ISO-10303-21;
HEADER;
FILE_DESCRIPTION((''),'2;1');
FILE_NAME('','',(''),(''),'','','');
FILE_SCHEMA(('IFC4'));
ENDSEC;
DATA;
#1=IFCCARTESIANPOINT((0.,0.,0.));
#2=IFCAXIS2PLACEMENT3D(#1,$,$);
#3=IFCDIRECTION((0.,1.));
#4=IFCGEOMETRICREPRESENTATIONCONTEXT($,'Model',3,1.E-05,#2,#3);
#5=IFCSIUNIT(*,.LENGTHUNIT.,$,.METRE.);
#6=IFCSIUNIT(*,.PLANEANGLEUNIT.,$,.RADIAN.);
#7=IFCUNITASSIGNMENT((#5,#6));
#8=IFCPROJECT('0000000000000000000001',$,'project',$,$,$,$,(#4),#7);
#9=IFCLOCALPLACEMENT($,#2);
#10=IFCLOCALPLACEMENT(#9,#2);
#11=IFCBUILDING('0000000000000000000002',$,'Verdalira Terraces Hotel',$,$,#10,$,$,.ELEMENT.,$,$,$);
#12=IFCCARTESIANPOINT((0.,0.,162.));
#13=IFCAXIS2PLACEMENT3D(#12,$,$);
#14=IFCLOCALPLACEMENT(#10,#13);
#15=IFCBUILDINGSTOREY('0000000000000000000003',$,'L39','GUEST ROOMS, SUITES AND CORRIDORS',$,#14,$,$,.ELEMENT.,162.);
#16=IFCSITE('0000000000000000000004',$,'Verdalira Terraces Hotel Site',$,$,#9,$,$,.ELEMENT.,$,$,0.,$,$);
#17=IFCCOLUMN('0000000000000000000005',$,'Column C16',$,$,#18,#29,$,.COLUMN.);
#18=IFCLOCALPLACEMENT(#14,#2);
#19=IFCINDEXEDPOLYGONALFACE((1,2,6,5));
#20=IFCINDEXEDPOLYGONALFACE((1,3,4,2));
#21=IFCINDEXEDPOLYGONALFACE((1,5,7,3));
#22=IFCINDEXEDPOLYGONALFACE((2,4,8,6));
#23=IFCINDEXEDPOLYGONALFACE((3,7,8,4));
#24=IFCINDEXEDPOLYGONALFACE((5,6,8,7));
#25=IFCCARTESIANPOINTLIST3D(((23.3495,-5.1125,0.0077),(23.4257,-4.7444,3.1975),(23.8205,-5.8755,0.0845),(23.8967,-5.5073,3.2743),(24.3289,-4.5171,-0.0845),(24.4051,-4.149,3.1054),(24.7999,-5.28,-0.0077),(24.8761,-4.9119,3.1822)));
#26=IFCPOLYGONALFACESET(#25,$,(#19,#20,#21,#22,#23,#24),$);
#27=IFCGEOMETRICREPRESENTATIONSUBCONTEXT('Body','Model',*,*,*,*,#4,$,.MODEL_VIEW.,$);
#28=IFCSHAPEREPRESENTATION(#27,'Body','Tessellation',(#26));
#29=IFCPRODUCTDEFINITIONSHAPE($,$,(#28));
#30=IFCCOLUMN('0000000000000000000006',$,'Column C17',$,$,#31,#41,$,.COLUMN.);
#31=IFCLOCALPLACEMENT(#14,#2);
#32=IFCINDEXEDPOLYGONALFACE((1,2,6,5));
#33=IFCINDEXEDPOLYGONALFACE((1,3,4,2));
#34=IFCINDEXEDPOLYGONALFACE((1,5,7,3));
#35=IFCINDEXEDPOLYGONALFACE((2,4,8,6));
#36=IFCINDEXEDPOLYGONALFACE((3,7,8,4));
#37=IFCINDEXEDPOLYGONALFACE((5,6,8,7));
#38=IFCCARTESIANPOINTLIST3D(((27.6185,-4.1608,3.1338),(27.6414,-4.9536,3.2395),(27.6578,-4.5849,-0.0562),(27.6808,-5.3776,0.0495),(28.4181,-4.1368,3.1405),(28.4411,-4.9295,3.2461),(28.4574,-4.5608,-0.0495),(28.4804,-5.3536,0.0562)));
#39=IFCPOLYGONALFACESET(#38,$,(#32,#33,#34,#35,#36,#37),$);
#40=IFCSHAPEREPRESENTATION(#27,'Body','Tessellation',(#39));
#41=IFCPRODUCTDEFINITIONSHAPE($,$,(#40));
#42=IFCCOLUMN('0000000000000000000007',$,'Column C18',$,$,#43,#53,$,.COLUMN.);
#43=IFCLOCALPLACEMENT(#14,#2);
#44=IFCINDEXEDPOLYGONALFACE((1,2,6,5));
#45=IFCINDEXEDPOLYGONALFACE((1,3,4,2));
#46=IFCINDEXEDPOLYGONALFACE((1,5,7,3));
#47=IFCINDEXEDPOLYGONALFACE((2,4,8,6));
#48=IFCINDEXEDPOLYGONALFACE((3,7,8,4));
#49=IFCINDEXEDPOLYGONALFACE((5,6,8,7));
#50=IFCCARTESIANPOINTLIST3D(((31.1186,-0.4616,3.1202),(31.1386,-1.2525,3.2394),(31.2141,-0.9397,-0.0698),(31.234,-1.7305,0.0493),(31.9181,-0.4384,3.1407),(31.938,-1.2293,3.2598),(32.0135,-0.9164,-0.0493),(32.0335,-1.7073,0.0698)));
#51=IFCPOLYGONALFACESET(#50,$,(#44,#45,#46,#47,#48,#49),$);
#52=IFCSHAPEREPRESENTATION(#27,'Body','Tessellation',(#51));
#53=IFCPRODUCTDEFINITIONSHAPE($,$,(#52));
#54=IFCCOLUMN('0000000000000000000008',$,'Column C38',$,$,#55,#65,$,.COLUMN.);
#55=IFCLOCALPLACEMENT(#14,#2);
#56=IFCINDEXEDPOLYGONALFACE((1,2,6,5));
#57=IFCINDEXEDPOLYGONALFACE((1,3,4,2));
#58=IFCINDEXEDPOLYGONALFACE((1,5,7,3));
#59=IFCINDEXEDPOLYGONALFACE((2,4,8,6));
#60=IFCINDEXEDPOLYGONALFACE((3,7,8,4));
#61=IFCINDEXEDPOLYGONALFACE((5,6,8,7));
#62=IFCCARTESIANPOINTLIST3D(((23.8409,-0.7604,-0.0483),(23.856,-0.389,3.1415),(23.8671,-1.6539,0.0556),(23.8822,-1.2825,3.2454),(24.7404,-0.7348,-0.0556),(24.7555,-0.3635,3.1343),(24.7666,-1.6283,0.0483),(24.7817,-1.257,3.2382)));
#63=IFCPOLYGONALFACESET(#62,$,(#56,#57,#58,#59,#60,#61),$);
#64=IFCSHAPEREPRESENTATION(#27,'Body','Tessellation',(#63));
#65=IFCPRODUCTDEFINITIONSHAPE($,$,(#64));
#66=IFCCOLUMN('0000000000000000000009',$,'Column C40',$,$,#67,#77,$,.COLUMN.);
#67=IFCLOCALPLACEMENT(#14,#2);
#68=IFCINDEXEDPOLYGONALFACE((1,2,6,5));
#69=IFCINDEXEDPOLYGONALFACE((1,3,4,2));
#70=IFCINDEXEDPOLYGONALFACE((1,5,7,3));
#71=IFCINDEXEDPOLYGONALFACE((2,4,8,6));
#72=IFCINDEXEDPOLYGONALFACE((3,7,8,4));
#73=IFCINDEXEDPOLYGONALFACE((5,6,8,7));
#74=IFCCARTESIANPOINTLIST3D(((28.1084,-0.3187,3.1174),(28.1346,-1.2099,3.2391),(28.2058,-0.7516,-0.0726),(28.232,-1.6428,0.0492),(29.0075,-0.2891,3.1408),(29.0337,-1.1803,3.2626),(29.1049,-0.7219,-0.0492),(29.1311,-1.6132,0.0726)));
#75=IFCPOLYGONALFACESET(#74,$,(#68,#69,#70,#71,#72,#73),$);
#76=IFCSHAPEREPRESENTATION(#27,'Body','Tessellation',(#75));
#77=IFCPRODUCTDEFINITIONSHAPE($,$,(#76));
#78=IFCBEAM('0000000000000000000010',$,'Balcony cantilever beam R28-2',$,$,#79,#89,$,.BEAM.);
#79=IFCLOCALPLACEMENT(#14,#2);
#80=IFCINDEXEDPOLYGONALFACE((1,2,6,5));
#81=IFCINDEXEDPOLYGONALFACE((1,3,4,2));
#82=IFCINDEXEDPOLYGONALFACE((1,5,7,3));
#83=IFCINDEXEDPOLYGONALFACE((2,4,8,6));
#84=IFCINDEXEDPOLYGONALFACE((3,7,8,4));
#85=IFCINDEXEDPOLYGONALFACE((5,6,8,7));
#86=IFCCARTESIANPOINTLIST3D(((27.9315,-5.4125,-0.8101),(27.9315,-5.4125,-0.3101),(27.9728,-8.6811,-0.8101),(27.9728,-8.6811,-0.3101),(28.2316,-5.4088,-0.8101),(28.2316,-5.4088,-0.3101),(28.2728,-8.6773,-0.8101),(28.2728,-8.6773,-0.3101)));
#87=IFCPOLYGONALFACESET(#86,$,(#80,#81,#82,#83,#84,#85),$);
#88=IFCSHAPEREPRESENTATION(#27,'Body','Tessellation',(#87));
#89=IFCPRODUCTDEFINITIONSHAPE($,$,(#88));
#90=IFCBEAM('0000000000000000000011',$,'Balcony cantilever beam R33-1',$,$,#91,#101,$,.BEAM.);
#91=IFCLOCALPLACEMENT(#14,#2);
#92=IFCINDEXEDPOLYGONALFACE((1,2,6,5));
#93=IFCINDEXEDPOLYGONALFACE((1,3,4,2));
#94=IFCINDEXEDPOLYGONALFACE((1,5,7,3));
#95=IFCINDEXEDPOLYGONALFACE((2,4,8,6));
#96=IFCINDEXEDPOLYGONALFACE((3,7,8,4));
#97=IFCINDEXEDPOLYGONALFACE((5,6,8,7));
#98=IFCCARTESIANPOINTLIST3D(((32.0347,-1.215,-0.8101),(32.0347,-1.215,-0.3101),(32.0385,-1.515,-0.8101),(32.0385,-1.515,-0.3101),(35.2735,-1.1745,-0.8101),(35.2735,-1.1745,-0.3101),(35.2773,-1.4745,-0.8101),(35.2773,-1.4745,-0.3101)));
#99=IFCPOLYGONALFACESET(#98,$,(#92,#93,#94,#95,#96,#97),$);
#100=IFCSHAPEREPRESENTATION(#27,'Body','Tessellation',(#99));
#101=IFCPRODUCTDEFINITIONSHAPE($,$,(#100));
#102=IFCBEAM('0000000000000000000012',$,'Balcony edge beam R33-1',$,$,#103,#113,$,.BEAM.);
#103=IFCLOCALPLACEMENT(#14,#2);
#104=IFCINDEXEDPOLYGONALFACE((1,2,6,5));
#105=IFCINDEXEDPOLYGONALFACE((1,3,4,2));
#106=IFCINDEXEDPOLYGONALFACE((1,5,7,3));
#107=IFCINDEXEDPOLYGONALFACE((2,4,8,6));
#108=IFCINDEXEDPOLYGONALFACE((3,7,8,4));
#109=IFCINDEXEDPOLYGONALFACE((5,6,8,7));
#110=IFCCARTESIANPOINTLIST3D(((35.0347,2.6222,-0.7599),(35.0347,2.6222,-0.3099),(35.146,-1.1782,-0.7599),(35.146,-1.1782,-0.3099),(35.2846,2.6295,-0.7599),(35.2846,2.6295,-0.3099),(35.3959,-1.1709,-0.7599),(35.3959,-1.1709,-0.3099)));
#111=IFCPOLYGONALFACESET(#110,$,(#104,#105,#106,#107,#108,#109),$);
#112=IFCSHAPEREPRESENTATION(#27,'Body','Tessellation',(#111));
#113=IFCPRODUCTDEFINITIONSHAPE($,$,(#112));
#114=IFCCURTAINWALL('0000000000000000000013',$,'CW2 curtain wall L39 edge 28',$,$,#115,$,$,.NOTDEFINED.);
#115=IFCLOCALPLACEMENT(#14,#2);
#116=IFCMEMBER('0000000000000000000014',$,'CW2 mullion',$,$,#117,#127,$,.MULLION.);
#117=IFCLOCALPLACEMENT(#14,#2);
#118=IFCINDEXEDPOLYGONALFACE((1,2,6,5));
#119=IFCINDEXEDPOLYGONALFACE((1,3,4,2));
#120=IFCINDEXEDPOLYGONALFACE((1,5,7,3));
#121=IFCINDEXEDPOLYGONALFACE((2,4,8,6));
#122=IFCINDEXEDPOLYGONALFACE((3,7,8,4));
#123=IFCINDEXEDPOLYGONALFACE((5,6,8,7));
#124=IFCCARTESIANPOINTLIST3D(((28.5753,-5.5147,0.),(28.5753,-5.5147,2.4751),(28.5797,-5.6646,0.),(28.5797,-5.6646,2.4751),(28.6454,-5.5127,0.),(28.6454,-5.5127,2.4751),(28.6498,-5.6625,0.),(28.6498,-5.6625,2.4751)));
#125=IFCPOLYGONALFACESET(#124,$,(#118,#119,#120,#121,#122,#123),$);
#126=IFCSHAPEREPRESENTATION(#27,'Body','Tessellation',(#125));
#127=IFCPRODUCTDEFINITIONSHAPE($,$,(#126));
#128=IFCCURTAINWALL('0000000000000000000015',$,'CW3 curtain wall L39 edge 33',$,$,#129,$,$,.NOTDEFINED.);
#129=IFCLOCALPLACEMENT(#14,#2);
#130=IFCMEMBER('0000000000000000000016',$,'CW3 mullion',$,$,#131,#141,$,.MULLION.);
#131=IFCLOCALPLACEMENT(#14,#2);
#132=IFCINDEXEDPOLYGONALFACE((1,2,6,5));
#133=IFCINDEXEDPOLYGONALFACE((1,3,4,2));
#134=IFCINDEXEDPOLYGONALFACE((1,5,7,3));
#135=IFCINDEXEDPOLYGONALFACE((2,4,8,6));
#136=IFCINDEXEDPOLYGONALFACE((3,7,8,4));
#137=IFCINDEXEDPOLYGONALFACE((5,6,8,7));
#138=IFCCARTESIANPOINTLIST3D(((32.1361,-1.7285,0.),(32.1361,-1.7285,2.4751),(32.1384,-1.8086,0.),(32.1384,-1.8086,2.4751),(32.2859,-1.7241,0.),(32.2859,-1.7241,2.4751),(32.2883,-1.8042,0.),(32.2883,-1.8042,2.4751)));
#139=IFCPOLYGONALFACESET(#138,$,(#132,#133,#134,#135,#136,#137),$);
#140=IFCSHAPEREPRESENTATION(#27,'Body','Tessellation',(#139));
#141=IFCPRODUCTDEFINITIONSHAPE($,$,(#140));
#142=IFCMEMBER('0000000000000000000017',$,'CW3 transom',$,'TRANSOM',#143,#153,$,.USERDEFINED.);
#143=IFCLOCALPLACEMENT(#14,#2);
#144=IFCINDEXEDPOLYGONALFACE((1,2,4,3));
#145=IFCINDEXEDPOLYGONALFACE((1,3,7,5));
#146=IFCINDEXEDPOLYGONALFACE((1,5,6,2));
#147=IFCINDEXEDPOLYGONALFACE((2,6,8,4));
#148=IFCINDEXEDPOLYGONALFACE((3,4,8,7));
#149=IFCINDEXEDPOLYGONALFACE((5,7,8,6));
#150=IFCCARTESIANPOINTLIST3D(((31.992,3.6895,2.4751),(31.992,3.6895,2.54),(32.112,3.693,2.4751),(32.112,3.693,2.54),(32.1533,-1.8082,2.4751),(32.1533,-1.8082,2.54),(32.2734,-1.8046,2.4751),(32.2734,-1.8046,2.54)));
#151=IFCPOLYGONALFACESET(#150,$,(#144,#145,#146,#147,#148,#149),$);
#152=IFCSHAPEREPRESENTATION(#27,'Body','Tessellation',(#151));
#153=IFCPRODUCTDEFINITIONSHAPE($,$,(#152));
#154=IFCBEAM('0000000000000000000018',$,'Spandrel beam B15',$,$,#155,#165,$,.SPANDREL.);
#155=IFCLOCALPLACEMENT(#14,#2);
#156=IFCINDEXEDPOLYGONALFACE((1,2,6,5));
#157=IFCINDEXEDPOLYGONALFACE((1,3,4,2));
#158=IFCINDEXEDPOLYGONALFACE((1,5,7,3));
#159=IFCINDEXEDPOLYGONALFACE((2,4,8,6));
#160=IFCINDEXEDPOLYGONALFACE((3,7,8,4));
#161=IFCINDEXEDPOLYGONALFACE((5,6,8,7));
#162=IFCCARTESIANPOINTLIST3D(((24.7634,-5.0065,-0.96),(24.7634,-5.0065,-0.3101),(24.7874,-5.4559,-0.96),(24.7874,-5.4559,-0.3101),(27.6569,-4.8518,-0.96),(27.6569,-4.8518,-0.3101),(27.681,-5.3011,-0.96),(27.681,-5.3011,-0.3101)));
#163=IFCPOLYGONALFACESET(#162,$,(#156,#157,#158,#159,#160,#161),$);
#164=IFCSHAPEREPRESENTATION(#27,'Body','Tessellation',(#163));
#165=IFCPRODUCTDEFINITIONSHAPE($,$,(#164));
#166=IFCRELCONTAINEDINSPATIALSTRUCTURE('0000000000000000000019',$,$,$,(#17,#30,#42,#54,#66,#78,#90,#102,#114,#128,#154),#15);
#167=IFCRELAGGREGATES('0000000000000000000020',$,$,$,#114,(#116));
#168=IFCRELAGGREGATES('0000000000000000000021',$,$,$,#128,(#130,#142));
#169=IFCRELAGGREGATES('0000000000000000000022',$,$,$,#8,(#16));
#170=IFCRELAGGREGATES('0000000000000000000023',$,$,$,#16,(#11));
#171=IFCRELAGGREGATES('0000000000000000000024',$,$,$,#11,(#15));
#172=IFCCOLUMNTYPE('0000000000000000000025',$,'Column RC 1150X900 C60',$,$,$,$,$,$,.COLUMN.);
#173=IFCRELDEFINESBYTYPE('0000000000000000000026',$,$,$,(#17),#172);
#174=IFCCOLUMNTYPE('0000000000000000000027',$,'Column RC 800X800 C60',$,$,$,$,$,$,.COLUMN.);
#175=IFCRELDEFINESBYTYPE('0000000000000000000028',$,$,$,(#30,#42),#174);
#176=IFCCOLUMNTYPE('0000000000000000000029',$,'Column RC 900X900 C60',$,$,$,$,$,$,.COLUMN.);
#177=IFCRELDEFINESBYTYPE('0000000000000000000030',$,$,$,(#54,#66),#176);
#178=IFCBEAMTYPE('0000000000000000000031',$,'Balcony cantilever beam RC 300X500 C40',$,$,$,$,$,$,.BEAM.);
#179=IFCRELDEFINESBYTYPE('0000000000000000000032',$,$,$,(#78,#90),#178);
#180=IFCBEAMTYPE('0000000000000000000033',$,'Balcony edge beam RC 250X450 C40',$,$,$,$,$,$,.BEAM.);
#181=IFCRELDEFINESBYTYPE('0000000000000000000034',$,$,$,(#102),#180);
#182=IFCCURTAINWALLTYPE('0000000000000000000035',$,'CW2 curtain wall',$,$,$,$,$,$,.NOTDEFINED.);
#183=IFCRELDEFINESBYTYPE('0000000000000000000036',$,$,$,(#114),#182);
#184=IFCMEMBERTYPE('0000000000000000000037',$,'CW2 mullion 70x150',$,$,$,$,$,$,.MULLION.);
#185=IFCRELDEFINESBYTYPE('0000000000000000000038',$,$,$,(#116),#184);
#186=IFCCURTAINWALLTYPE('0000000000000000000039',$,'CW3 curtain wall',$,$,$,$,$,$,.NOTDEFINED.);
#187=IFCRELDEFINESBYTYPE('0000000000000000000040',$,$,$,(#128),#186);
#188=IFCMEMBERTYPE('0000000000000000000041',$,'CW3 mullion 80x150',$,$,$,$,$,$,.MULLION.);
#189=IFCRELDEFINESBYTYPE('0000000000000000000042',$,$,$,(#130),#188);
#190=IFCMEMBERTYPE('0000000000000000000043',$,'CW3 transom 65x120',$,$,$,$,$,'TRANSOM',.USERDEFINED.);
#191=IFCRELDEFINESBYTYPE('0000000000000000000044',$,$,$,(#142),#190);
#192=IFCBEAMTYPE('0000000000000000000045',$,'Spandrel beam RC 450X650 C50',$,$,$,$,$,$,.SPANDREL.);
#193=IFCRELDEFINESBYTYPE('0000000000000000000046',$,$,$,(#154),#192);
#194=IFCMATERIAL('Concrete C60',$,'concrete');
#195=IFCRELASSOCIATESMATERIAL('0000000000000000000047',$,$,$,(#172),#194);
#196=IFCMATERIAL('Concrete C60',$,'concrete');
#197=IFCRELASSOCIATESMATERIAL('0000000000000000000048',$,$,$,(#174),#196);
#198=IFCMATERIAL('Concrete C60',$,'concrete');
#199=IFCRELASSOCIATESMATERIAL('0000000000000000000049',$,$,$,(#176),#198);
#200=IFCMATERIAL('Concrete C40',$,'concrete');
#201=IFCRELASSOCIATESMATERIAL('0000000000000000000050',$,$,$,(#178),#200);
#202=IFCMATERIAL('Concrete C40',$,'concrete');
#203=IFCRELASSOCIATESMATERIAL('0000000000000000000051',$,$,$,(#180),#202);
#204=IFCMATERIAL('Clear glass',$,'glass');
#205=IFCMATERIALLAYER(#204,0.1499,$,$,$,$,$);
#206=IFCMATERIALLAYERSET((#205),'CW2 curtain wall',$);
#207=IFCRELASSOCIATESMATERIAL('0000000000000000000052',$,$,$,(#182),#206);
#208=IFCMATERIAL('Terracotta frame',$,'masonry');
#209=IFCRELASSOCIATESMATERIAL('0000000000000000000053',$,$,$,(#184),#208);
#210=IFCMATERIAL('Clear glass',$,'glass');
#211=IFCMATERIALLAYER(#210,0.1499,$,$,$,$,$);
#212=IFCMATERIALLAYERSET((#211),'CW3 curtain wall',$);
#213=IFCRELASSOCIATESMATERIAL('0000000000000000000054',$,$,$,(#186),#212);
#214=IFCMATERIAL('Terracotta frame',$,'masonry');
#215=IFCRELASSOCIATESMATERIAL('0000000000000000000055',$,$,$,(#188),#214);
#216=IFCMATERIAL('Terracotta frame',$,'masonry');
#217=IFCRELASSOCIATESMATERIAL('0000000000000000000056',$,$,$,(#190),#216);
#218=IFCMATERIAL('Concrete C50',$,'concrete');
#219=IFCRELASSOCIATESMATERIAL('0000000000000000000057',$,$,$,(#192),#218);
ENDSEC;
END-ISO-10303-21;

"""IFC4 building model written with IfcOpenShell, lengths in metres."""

from ifc_helpers import new_model, si_unit, direction, frame, origin, origin_2d, place, context, subcontext, project, spatial, rectangle, extrude, material, layer, layer_set, material_profile, profile_set, type_object, element, aggregate, save


model = new_model("IFC4")

# Units and contexts
model_context = context("Model", 3, precision=1e-05, world=origin(), true_north=direction((0.0, 1.0)))
body_context = subcontext(model_context, "Body", "Model", "MODEL_VIEW")
ifc_project = project(units=[si_unit("LENGTHUNIT", "METRE"), si_unit("PLANEANGLEUNIT", "RADIAN")], contexts=[model_context])

# Site, building, storey
site_placement = place(None, origin())
site = spatial("IfcSite", under=ifc_project, at=site_placement, Name="Verdalira Terraces Hotel Site", CompositionType="ELEMENT", RefElevation=0.0)
building_placement = place(site_placement, origin())
building = spatial("IfcBuilding", under=site, at=building_placement, Name="Verdalira Terraces Hotel", CompositionType="ELEMENT")
storey_placement = place(building_placement, frame((0.0, 0.0, 162.0)))
storey = spatial("IfcBuildingStorey", under=building, at=storey_placement, Name="L39", Description="GUEST ROOMS, SUITES AND CORRIDORS", CompositionType="ELEMENT", Elevation=162.0)

# Columns
ifc_material_1 = material(Name="Concrete C60", Category="concrete")
ifc_material_profile_1 = material_profile(ifc_material_1, rectangle(XDim=1.1499, YDim=0.8999, at=origin_2d()), Name="RC 1150X900")
ifc_profile_set_1 = profile_set([ifc_material_profile_1], Name="Concrete C60")
column_type_1 = type_object("IfcColumnType", Name="Column RC 1150X900 C60", PredefinedType="COLUMN", material=ifc_profile_set_1)
column_1_placement = place(storey_placement, frame((24.0747, -5.1963, 0.0), z_axis=(0.023715, 0.114621, 0.993126), x_axis=(-0.851746, -0.517796, 0.0801)))
element("IfcColumn", 1, at=column_1_placement, inside=storey, type_object=column_type_1, Name="Column C16", PredefinedType="COLUMN", context=body_context, shape_type="SweptSolid", body=[
    extrude(rectangle(XDim=1.1499, YDim=0.8999, at=origin_2d()), origin(), (0.0, 0.0, 1.0), 3.2119),
])
ifc_material_2 = material(Name="Concrete C60", Category="concrete")
ifc_material_profile_2 = material_profile(ifc_material_2, rectangle(XDim=0.8, YDim=0.8, at=origin_2d()), Name="RC 800X800")
ifc_profile_set_2 = profile_set([ifc_material_profile_2], Name="Concrete C60")
column_type_2 = type_object("IfcColumnType", Name="Column RC 800X800 C60", PredefinedType="COLUMN", material=ifc_profile_set_2)
column_2_placement = place(storey_placement, frame((28.0691, -4.9692, 0.0), z_axis=(-0.012214, 0.131771, 0.991205), x_axis=(0.999513, 0.030093, 0.008315)))
element("IfcColumn", 2, at=column_2_placement, inside=storey, type_object=column_type_2, Name="Column C17", PredefinedType="COLUMN", context=body_context, shape_type="SweptSolid", body=[
    extrude(rectangle(XDim=0.8, YDim=0.8, at=origin_2d()), origin(), (0.0, 0.0, 1.0), 3.2183),
])
column_3_placement = place(storey_placement, frame((31.6238, -1.3235, 0.0), z_axis=(-0.029582, 0.148135, 0.988525), x_axis=(-0.024907, 0.988541, -0.148883)))
element("IfcColumn", 3, at=column_3_placement, inside=storey, type_object=column_type_2, Name="Column C18", PredefinedType="COLUMN", context=body_context, shape_type="SweptSolid", body=[
    extrude(rectangle(XDim=0.8, YDim=0.8, at=origin_2d()), origin(), (0.0, 0.0, 1.0), 3.2271),
])
ifc_material_3 = material(Name="Concrete C60", Category="concrete")
ifc_material_profile_3 = material_profile(ifc_material_3, rectangle(XDim=0.8999, YDim=0.8999, at=origin_2d()), Name="RC 900X900")
ifc_profile_set_3 = profile_set([ifc_material_profile_3], Name="Concrete C60")
column_type_3 = type_object("IfcColumnType", Name="Column RC 900X900 C60", PredefinedType="COLUMN", material=ifc_profile_set_3)
column_4_placement = place(storey_placement, frame((24.3037, -1.1943, 0.0), z_axis=(0.004713, 0.115627, 0.993282), x_axis=(0.999565, 0.02837, -0.008046)))
element("IfcColumn", 4, at=column_4_placement, inside=storey, type_object=column_type_3, Name="Column C38", PredefinedType="COLUMN", context=body_context, shape_type="SweptSolid", body=[
    extrude(rectangle(XDim=0.8999, YDim=0.8999, at=origin_2d()), origin(), (0.0, 0.0, 1.0), 3.2114),
])
column_5_placement = place(storey_placement, frame((28.6685, -1.1824, 0.0), z_axis=(-0.030246, 0.134402, 0.990465), x_axis=(0.999118, 0.03294, 0.02604)))
element("IfcColumn", 5, at=column_5_placement, inside=storey, type_object=column_type_3, Name="Column C40", PredefinedType="COLUMN", context=body_context, shape_type="SweptSolid", body=[
    extrude(rectangle(XDim=0.8999, YDim=0.8999, at=origin_2d()), origin(), (0.0, 0.0, 1.0), 3.2207),
])

# Beams
ifc_material_4 = material(Name="Concrete C40", Category="concrete")
ifc_material_profile_4 = material_profile(ifc_material_4, rectangle(XDim=0.3, YDim=0.5, at=origin_2d()), Name="RC 300X500")
ifc_profile_set_4 = profile_set([ifc_material_profile_4], Name="Concrete C40")
beam_type_1 = type_object("IfcBeamType", Name="Balcony cantilever beam RC 300X500 C40", PredefinedType="BEAM", material=ifc_profile_set_4)
beam_1_placement = place(storey_placement, frame((28.0815, -5.4106, -0.5601), z_axis=(0.012622, -0.99992, 0.0), x_axis=(0.99992, 0.012622, 0.0)))
element("IfcBeam", 6, at=beam_1_placement, inside=storey, type_object=beam_type_1, Name="Balcony cantilever beam R28-2", PredefinedType="BEAM", context=body_context, shape_type="SweptSolid", body=[
    extrude(rectangle(XDim=0.3, YDim=0.5, at=origin_2d()), origin(), (0.0, 0.0, 1.0), 3.2688),
])
beam_2_placement = place(storey_placement, frame((32.0366, -1.365, -0.5601), z_axis=(0.999922, 0.012512, 0.0), x_axis=(-0.012512, 0.999922, 0.0)))
element("IfcBeam", 7, at=beam_2_placement, inside=storey, type_object=beam_type_1, Name="Balcony cantilever beam R33-1", PredefinedType="BEAM", context=body_context, shape_type="SweptSolid", body=[
    extrude(rectangle(XDim=0.3, YDim=0.5, at=origin_2d()), origin(), (0.0, 0.0, 1.0), 3.239),
])
ifc_material_5 = material(Name="Concrete C40", Category="concrete")
ifc_material_profile_5 = material_profile(ifc_material_5, rectangle(XDim=0.25, YDim=0.45, at=origin_2d()), Name="RC 250X450")
ifc_profile_set_5 = profile_set([ifc_material_profile_5], Name="Concrete C40")
beam_type_2 = type_object("IfcBeamType", Name="Balcony edge beam RC 250X450 C40", PredefinedType="BEAM", material=ifc_profile_set_5)
beam_3_placement = place(storey_placement, frame((35.271, -1.1746, -0.5349), z_axis=(-0.029282, 0.999571, 0.0), x_axis=(-0.999571, -0.029282, 0.0)))
element("IfcBeam", 8, at=beam_3_placement, inside=storey, type_object=beam_type_2, Name="Balcony edge beam R33-1", PredefinedType="BEAM", context=body_context, shape_type="SweptSolid", body=[
    extrude(rectangle(XDim=0.25, YDim=0.45, at=origin_2d()), origin(), (0.0, 0.0, 1.0), 3.802),
])

# Curtain wall, member
ifc_material_6 = material(Name="Clear glass", Category="glass")
ifc_layer_1 = layer(ifc_material_6, 0.1499)
ifc_layer_set_1 = layer_set([ifc_layer_1], Name="CW2 curtain wall")
curtain_wall_type_1 = type_object("IfcCurtainWallType", Name="CW2 curtain wall", PredefinedType="NOTDEFINED", material=ifc_layer_set_1)
curtain_wall_1_placement = place(storey_placement, origin())
curtain_wall_1 = element("IfcCurtainWall", 9, at=curtain_wall_1_placement, inside=storey, type_object=curtain_wall_type_1, Name="CW2 curtain wall L39 edge 28", PredefinedType="NOTDEFINED")
ifc_material_7 = material(Name="Terracotta frame", Category="masonry")
ifc_material_profile_6 = material_profile(ifc_material_7, rectangle(XDim=0.0701, YDim=0.1499, at=origin_2d()), Name="MU 70x150")
ifc_profile_set_6 = profile_set([ifc_material_profile_6], Name="Terracotta frame")
member_type_1 = type_object("IfcMemberType", Name="CW2 mullion 70x150", PredefinedType="MULLION", material=ifc_profile_set_6)
member_1_placement = place(storey_placement, frame((28.6125, -5.5886, 0.0), z_axis=(0.0, 0.0, 1.0), x_axis=(0.99957, 0.029317, 0.0)))
member_1 = element("IfcMember", 10, at=member_1_placement, type_object=member_type_1, Name="CW2 mullion", PredefinedType="MULLION", context=body_context, shape_type="SweptSolid", body=[
    extrude(rectangle(XDim=0.0701, YDim=0.1499, at=origin_2d()), origin(), (0.0, 0.0, 1.0), 2.4751),
])

# Curtain wall, members
ifc_material_8 = material(Name="Clear glass", Category="glass")
ifc_layer_2 = layer(ifc_material_8, 0.1499)
ifc_layer_set_2 = layer_set([ifc_layer_2], Name="CW3 curtain wall")
curtain_wall_type_2 = type_object("IfcCurtainWallType", Name="CW3 curtain wall", PredefinedType="NOTDEFINED", material=ifc_layer_set_2)
curtain_wall_2_placement = place(storey_placement, origin())
curtain_wall_2 = element("IfcCurtainWall", 11, at=curtain_wall_2_placement, inside=storey, type_object=curtain_wall_type_2, Name="CW3 curtain wall L39 edge 33", PredefinedType="NOTDEFINED")
ifc_material_9 = material(Name="Terracotta frame", Category="masonry")
ifc_material_profile_7 = material_profile(ifc_material_9, rectangle(XDim=0.0801, YDim=0.1499, at=origin_2d()), Name="MU 80x150")
ifc_profile_set_7 = profile_set([ifc_material_profile_7], Name="Terracotta frame")
member_type_2 = type_object("IfcMemberType", Name="CW3 mullion 80x150", PredefinedType="MULLION", material=ifc_profile_set_7)
member_2_placement = place(storey_placement, frame((32.2122, -1.7664, 0.0), z_axis=(0.0, 0.0, 1.0), x_axis=(-0.029317, 0.99957, 0.0)))
member_2 = element("IfcMember", 12, at=member_2_placement, type_object=member_type_2, Name="CW3 mullion", PredefinedType="MULLION", context=body_context, shape_type="SweptSolid", body=[
    extrude(rectangle(XDim=0.0801, YDim=0.1499, at=origin_2d()), origin(), (0.0, 0.0, 1.0), 2.4751),
])
ifc_material_10 = material(Name="Terracotta frame", Category="masonry")
ifc_material_profile_8 = material_profile(ifc_material_10, rectangle(XDim=0.1201, YDim=0.0649, at=origin_2d()), Name="TR 65x120")
ifc_profile_set_8 = profile_set([ifc_material_profile_8], Name="Terracotta frame")
member_type_3 = type_object("IfcMemberType", Name="CW3 transom 65x120", ElementType="TRANSOM", PredefinedType="USERDEFINED", material=ifc_profile_set_8)
member_3_placement = place(storey_placement, frame((32.2134, -1.8064, 2.5076), z_axis=(-0.029342, 0.999569, 0.0), x_axis=(-0.999569, -0.029342, 0.0)))
member_3 = element("IfcMember", 13, at=member_3_placement, type_object=member_type_3, Name="CW3 transom", ObjectType="TRANSOM", PredefinedType="USERDEFINED", context=body_context, shape_type="SweptSolid", body=[
    extrude(rectangle(XDim=0.1201, YDim=0.0649, at=origin_2d()), origin(), (0.0, 0.0, 1.0), 5.5),
])

# Beam
ifc_material_11 = material(Name="Concrete C50", Category="concrete")
ifc_material_profile_9 = material_profile(ifc_material_11, rectangle(XDim=0.45, YDim=0.6499, at=origin_2d()), Name="RC 450X650")
ifc_profile_set_9 = profile_set([ifc_material_profile_9], Name="Concrete C50")
beam_type_3 = type_object("IfcBeamType", Name="Spandrel beam RC 450X650 C50", PredefinedType="SPANDREL", material=ifc_profile_set_9)
beam_4_placement = place(storey_placement, frame((24.7754, -5.2312, -0.635), z_axis=(0.998572, 0.053417, 0.0), x_axis=(-0.053417, 0.998572, 0.0)))
element("IfcBeam", 14, at=beam_4_placement, inside=storey, type_object=beam_type_3, Name="Spandrel beam B15", PredefinedType="SPANDREL", context=body_context, shape_type="SweptSolid", body=[
    extrude(rectangle(XDim=0.45, YDim=0.6499, at=origin_2d()), origin(), (0.0, 0.0, 1.0), 2.8977),
])

aggregate(curtain_wall_1, [member_1])
aggregate(curtain_wall_2, [member_2, member_3])

save(model, "model.ifc")
